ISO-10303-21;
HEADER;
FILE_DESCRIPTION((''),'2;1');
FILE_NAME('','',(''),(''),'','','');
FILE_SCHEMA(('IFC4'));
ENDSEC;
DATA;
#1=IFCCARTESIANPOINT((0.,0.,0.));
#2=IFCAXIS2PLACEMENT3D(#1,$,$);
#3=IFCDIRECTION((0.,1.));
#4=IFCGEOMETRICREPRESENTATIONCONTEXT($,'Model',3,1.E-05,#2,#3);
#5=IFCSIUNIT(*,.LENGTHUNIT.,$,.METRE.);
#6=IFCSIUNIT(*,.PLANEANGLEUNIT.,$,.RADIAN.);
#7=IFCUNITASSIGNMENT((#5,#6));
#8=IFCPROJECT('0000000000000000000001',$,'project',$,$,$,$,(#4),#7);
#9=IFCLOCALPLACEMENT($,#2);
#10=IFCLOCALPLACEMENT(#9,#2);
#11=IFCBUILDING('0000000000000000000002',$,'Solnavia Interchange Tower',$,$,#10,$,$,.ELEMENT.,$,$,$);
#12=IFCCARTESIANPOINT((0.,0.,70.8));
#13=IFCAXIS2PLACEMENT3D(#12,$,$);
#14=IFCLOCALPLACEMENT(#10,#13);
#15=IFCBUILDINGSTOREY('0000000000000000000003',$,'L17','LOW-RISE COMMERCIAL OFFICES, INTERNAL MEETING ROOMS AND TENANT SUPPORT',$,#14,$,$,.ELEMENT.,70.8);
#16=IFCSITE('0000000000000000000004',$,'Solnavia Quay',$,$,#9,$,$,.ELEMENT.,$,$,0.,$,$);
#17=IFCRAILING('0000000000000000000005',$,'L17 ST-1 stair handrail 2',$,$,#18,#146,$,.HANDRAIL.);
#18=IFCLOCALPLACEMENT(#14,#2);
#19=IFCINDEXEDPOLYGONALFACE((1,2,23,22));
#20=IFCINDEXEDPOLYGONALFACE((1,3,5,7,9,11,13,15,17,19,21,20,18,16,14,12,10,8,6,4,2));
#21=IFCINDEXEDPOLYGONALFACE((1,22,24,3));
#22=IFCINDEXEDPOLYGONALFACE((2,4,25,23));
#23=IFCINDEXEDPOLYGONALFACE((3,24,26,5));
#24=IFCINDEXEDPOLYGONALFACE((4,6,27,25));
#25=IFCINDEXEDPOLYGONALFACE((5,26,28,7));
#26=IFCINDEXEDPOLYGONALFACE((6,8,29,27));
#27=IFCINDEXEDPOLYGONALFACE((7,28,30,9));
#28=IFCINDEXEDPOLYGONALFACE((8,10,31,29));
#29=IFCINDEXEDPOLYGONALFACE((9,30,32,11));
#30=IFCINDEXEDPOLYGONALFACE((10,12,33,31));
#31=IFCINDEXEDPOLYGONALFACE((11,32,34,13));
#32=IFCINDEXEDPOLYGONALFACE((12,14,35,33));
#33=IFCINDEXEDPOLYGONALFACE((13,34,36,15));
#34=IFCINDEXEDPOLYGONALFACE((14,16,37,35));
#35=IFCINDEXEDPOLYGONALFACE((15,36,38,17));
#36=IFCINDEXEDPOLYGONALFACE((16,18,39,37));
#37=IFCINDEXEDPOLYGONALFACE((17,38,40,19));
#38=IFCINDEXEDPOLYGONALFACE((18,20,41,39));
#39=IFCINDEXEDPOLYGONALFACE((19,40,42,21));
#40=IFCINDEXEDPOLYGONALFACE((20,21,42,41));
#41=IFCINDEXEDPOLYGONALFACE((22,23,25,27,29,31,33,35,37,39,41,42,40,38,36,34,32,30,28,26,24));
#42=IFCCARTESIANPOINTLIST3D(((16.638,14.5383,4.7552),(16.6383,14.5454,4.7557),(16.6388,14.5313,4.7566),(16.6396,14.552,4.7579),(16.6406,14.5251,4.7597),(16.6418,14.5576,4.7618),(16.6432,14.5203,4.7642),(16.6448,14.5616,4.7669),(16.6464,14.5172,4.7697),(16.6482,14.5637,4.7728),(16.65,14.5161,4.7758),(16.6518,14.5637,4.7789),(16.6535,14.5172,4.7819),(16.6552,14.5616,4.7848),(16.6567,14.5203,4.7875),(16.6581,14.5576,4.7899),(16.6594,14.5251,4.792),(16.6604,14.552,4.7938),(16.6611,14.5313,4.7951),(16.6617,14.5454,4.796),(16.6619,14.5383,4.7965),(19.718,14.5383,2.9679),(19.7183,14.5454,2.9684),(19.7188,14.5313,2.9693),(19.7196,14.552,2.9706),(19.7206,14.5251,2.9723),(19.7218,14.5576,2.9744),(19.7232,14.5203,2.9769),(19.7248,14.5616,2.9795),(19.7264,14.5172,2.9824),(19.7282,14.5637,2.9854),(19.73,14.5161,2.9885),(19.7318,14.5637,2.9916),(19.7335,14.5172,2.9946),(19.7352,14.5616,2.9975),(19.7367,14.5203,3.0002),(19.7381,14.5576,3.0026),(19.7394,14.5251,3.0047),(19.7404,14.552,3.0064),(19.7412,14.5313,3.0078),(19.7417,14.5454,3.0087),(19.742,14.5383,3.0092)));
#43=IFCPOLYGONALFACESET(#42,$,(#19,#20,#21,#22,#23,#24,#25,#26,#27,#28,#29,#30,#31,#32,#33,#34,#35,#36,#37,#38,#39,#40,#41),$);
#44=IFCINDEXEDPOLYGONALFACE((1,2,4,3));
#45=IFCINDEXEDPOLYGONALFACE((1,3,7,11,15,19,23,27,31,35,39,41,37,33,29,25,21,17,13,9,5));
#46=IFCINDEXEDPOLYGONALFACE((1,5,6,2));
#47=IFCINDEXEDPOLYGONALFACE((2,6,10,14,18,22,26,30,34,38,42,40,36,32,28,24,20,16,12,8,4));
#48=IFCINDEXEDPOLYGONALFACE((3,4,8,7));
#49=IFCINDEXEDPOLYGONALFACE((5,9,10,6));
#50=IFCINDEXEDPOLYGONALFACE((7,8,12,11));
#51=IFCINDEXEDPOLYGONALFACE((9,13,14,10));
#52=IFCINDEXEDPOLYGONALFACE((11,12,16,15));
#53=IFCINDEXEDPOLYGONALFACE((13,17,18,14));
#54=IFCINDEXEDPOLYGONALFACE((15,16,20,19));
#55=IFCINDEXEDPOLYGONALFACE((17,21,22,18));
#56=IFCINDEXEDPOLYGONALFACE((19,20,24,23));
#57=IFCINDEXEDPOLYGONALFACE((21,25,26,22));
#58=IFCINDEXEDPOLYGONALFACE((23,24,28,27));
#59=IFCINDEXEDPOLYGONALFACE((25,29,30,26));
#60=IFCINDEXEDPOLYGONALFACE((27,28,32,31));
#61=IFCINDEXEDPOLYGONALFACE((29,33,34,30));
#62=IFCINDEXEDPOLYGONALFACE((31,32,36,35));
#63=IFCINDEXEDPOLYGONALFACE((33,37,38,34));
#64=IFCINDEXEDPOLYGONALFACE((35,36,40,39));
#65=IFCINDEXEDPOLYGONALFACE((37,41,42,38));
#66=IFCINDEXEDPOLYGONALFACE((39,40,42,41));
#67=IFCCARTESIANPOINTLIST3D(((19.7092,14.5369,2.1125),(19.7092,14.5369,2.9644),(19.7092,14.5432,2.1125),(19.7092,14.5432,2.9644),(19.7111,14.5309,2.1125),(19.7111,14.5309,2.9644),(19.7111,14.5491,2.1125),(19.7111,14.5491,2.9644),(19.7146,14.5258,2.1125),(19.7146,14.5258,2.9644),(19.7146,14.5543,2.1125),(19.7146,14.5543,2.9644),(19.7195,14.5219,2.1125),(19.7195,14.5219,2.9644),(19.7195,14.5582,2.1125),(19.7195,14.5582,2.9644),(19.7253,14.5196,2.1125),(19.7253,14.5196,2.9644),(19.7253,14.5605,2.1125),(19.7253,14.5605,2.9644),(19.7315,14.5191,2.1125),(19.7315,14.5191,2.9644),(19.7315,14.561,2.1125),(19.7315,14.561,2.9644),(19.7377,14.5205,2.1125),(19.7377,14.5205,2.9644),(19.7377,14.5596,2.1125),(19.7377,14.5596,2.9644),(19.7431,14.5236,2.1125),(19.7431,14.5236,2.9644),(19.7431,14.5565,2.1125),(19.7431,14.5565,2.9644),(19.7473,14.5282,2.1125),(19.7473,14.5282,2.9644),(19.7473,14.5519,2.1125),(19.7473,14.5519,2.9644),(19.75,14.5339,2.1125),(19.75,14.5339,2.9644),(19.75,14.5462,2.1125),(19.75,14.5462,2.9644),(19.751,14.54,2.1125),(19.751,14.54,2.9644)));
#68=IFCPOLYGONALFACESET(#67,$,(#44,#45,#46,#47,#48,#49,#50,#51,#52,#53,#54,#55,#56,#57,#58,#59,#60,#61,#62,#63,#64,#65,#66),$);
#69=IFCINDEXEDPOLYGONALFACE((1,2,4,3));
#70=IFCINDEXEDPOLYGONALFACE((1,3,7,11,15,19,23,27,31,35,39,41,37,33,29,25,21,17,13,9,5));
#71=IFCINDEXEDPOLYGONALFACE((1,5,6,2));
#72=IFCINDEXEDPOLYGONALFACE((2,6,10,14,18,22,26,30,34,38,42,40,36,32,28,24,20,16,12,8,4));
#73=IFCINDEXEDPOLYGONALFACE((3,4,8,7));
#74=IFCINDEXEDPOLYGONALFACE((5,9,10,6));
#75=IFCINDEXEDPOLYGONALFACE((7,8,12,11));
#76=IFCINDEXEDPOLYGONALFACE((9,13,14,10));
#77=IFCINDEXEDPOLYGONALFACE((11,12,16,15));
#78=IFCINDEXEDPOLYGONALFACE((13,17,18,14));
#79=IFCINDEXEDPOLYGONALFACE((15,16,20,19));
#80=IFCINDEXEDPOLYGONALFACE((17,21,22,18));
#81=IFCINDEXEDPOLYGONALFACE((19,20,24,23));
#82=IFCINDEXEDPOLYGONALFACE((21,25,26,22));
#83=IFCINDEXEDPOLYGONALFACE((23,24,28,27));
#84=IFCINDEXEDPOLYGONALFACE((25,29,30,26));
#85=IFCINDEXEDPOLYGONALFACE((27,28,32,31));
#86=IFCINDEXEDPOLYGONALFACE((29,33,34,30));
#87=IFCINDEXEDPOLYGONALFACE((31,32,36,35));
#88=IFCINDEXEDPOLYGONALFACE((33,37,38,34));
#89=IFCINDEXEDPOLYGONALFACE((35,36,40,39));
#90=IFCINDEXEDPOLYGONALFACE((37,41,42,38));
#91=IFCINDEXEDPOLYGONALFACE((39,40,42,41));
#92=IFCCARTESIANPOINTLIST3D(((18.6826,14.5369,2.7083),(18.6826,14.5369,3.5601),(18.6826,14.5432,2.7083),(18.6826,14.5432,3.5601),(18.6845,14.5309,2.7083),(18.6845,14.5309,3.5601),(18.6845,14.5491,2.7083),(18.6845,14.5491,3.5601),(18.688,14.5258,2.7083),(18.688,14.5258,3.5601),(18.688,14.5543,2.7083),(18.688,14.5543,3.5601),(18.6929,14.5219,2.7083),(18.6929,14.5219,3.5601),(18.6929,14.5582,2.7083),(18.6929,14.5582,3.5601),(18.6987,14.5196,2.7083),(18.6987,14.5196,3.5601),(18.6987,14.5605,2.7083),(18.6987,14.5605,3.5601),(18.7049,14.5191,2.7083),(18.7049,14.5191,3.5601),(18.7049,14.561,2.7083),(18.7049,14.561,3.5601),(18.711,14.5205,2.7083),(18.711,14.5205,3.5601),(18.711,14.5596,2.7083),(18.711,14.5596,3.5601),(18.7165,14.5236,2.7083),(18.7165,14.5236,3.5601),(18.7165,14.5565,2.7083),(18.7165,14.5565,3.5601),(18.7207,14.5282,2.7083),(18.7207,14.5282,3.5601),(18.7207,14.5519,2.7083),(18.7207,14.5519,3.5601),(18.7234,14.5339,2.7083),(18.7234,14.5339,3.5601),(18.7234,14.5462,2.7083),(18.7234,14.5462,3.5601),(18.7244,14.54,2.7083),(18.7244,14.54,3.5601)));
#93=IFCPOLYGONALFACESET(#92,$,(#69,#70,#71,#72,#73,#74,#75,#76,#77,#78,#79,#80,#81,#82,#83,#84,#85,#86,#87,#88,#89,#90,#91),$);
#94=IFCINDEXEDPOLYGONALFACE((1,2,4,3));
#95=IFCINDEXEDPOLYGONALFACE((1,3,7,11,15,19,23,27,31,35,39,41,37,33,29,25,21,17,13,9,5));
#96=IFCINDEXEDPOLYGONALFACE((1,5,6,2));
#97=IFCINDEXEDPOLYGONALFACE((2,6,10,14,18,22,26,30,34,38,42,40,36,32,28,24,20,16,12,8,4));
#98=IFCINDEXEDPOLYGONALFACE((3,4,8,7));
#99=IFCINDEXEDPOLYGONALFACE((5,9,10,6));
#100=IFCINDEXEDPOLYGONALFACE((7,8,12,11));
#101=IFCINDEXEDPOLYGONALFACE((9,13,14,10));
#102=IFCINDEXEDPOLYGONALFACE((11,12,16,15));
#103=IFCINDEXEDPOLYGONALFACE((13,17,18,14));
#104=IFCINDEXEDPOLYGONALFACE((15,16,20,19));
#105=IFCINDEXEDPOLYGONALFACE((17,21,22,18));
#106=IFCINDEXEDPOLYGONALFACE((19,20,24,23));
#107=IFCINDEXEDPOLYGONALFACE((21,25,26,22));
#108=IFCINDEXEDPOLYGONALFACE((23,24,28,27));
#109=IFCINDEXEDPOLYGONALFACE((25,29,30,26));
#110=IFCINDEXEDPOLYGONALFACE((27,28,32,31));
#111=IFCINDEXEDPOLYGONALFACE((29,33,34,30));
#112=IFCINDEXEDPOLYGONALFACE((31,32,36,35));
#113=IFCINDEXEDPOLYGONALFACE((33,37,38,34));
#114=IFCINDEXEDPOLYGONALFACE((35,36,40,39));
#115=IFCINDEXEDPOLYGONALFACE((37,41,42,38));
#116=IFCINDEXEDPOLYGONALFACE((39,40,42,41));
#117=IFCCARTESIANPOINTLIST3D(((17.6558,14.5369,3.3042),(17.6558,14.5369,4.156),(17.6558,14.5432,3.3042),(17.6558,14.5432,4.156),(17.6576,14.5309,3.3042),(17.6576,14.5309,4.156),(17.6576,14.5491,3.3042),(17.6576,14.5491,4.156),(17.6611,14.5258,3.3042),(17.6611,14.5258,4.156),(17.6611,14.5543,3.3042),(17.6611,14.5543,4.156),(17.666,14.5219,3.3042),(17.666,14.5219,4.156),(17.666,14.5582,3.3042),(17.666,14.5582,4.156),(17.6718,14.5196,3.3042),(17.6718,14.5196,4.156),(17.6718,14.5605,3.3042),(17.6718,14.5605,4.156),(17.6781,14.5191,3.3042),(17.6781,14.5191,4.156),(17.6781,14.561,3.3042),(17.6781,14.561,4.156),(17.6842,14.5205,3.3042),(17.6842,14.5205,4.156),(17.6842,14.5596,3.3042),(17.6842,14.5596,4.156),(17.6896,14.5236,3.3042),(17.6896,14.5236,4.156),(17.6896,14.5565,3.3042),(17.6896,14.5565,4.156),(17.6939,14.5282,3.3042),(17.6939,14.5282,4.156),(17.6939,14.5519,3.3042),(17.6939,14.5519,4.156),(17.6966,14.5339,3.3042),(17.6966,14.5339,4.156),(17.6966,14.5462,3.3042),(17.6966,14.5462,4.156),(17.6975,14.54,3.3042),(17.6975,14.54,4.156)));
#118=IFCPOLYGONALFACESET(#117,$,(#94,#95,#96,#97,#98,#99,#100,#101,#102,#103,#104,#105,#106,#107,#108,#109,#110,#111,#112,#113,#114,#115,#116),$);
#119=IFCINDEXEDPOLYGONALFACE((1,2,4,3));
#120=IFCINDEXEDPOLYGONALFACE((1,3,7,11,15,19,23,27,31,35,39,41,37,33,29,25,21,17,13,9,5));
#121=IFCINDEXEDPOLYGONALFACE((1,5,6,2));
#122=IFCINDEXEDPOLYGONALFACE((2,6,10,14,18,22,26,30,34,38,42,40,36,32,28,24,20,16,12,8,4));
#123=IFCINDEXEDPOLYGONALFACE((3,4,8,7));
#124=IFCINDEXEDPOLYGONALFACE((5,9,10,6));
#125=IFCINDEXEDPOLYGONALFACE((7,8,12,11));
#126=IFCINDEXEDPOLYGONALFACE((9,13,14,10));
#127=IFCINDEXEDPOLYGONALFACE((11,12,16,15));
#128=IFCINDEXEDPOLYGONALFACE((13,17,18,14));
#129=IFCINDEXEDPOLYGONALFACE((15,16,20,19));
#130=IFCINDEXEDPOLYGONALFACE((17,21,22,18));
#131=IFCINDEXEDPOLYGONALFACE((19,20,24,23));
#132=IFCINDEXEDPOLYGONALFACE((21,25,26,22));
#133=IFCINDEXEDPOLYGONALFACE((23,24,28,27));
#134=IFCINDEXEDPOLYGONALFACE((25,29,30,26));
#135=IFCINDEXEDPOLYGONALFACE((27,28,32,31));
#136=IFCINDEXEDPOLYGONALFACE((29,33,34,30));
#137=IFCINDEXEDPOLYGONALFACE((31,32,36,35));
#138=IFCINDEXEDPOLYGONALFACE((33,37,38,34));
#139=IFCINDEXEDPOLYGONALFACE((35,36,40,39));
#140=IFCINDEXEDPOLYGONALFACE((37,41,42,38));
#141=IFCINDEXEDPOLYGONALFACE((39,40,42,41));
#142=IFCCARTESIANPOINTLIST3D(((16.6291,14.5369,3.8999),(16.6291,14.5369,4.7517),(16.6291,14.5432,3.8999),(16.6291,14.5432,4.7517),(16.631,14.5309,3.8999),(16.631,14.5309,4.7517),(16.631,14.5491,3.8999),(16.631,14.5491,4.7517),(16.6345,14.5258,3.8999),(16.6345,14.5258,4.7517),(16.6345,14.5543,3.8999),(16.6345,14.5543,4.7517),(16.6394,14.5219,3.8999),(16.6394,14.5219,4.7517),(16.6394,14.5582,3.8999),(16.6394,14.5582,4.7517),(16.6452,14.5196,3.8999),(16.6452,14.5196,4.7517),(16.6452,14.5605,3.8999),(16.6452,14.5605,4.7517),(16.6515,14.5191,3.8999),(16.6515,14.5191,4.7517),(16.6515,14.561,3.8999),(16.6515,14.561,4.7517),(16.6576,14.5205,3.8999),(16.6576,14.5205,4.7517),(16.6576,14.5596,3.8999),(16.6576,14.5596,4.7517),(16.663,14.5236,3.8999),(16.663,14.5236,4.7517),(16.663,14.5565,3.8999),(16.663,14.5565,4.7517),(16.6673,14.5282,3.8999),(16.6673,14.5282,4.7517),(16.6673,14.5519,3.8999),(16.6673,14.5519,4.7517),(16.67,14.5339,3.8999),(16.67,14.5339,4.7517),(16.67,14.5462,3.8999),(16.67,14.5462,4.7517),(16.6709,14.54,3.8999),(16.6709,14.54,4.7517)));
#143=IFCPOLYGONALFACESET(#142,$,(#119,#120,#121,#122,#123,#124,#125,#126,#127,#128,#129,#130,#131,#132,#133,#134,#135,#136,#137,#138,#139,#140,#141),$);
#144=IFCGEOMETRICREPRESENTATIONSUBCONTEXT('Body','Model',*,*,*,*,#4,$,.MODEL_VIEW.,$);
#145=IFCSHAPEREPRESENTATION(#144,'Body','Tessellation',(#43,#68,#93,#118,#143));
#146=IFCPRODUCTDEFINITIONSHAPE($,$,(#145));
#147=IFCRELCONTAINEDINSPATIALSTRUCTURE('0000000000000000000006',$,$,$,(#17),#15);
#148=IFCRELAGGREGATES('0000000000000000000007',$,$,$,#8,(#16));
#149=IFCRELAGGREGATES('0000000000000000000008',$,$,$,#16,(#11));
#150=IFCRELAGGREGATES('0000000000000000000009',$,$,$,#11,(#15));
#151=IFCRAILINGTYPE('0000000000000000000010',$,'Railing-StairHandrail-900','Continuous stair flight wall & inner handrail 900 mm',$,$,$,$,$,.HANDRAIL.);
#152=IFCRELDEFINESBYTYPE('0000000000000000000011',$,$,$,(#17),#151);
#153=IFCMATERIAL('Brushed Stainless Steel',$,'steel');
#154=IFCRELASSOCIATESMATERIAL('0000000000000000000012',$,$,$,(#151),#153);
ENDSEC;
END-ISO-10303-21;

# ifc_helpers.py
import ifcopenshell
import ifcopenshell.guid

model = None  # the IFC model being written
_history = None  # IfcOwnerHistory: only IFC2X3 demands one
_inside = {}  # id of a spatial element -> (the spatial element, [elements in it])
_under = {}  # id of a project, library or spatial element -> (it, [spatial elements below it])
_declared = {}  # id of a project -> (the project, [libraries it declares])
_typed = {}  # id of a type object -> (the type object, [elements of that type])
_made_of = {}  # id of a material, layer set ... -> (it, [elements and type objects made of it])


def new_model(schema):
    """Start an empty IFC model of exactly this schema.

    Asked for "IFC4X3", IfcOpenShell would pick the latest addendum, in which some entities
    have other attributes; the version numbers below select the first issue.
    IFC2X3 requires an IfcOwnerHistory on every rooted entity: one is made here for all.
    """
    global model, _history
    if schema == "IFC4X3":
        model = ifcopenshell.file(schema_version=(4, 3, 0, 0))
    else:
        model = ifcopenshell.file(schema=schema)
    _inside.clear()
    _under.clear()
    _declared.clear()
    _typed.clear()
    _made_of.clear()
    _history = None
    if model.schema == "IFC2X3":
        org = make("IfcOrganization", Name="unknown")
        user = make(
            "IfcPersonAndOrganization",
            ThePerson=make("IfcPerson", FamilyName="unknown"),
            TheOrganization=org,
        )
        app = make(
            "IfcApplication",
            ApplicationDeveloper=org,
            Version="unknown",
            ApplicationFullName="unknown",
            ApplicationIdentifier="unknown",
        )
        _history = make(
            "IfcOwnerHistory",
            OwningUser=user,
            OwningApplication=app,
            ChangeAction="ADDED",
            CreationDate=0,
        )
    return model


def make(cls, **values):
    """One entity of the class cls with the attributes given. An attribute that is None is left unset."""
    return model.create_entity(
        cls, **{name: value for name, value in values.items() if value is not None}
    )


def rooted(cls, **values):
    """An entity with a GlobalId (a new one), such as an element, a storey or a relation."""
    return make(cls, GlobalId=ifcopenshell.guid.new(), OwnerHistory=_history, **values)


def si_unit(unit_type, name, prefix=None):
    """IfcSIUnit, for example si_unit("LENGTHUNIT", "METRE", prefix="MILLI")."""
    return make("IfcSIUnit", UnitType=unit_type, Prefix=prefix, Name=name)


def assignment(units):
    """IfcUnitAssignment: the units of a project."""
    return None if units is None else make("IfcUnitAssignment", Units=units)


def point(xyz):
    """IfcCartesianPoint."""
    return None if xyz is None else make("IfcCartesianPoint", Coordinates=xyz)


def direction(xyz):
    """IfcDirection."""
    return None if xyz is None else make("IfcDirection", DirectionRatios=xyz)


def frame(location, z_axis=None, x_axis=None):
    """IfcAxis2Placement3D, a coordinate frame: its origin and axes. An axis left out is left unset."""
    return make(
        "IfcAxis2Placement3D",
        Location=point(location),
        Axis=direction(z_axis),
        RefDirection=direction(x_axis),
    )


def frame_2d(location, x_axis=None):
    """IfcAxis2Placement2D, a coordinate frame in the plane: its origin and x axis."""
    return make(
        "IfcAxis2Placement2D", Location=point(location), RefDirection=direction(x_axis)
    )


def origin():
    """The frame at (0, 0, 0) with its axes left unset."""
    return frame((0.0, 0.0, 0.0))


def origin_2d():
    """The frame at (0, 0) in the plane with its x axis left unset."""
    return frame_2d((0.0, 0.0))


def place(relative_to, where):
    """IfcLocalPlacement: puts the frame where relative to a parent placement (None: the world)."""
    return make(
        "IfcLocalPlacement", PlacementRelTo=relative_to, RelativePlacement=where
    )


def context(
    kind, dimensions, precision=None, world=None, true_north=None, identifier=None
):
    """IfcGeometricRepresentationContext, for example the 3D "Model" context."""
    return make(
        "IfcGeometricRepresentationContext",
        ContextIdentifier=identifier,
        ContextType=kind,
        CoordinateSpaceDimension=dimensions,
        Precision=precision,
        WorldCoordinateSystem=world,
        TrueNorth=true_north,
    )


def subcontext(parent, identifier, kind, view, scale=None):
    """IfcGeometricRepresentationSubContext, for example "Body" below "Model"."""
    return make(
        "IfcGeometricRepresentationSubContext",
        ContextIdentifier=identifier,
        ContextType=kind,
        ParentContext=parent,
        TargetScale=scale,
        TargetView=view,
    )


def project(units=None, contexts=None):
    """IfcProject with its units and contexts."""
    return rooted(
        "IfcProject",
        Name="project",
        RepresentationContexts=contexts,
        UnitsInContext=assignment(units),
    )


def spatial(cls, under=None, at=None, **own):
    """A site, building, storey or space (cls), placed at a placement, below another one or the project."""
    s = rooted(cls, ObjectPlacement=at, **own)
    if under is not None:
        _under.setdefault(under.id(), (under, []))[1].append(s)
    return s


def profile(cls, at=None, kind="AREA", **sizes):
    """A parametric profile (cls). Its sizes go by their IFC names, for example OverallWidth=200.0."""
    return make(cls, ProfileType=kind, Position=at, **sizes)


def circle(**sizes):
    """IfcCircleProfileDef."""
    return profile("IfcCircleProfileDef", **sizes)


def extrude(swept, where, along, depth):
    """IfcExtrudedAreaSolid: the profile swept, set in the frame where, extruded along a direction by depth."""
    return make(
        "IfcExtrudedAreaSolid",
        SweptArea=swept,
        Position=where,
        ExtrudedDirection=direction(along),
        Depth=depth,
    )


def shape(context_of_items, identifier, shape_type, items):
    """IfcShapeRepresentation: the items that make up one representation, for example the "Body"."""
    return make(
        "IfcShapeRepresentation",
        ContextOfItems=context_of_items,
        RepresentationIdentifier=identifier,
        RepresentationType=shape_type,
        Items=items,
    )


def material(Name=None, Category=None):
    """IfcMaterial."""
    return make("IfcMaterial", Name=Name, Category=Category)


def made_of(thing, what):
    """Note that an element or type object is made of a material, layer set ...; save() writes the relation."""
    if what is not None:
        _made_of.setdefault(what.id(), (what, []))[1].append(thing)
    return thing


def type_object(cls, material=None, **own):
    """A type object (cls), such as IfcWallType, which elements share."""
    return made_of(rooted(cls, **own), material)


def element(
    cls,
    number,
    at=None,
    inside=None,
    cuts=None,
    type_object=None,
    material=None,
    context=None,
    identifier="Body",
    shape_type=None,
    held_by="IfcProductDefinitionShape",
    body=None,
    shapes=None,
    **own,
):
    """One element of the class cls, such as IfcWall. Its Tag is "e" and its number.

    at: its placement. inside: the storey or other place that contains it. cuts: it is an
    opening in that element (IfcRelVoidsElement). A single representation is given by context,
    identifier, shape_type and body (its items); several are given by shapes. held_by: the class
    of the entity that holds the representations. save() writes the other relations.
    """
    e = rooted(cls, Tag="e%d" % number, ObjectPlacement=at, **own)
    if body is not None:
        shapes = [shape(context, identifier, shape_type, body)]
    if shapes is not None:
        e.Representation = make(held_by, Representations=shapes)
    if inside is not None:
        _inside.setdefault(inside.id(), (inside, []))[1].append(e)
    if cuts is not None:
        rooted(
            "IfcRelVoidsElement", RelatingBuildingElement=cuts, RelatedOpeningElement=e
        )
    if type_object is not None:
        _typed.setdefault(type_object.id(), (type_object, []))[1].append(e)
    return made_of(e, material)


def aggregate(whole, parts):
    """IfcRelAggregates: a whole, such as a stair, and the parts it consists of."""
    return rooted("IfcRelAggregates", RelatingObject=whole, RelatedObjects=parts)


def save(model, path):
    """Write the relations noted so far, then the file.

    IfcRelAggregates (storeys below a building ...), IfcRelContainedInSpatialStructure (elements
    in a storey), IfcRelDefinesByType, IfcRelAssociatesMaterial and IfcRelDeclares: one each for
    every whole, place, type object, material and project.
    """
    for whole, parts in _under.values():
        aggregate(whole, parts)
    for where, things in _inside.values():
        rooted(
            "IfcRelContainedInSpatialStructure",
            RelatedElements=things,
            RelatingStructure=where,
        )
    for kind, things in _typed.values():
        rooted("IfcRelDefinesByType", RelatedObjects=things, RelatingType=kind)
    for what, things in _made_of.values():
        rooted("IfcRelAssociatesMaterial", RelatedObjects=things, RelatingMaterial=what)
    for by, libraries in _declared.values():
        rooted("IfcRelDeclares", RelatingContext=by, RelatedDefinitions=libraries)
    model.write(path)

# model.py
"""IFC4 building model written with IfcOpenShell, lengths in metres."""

from ifc_helpers import new_model, si_unit, direction, frame, origin, origin_2d, place, context, subcontext, project, spatial, circle, extrude, material, type_object, element, save


model = new_model("IFC4")

# Units and contexts
model_context = context("Model", 3, precision=1e-05, world=origin(), true_north=direction((0.0, 1.0)))
body_context = subcontext(model_context, "Body", "Model", "MODEL_VIEW")
ifc_project = project(units=[si_unit("LENGTHUNIT", "METRE"), si_unit("PLANEANGLEUNIT", "RADIAN")], contexts=[model_context])

# Site, building, storey
site_placement = place(None, origin())
site = spatial("IfcSite", under=ifc_project, at=site_placement, Name="Solnavia Quay", CompositionType="ELEMENT", RefElevation=0.0)
building_placement = place(site_placement, origin())
building = spatial("IfcBuilding", under=site, at=building_placement, Name="Solnavia Interchange Tower", CompositionType="ELEMENT")
storey_placement = place(building_placement, frame((0.0, 0.0, 70.8)))
storey = spatial("IfcBuildingStorey", under=building, at=storey_placement, Name="L17", Description="LOW-RISE COMMERCIAL OFFICES, INTERNAL MEETING ROOMS AND TENANT SUPPORT", CompositionType="ELEMENT", Elevation=70.8)

# Railing
ifc_material_1 = material(Name="Brushed Stainless Steel", Category="steel")
railing_type_1 = type_object("IfcRailingType", Name="Railing-StairHandrail-900", Description="Continuous stair flight wall & inner handrail 900 mm", PredefinedType="HANDRAIL", material=ifc_material_1)
railing_1_placement = place(storey_placement, frame((19.73, 14.54, 2.1125)))
element("IfcRailing", 1, at=railing_1_placement, inside=storey, type_object=railing_type_1, Name="L17 ST-1 stair handrail 2", PredefinedType="HANDRAIL", context=body_context, shape_type="SweptSolid", body=[
    extrude(circle(Radius=0.0239, at=origin_2d()), frame((0.0, 0.0, 0.876), z_axis=(-0.86492, 0.0, 0.501909), x_axis=(0.0, -1.0, 0.0)), (0.0, 0.0, 1.0), 3.561),
    extrude(circle(Radius=0.021, at=origin_2d()), origin(), (0.0, 0.0, 1.0), 0.8518),
    extrude(circle(Radius=0.021, at=origin_2d()), frame((-1.0266, 0.0, 0.5957)), (0.0, 0.0, 1.0), 0.8518),
    extrude(circle(Radius=0.021, at=origin_2d()), frame((-2.0535, 0.0, 1.1917)), (0.0, 0.0, 1.0), 0.8518),
    extrude(circle(Radius=0.021, at=origin_2d()), frame((-3.0801, 0.0, 1.7874)), (0.0, 0.0, 1.0), 0.8518),
])

save(model, "model.ifc")
